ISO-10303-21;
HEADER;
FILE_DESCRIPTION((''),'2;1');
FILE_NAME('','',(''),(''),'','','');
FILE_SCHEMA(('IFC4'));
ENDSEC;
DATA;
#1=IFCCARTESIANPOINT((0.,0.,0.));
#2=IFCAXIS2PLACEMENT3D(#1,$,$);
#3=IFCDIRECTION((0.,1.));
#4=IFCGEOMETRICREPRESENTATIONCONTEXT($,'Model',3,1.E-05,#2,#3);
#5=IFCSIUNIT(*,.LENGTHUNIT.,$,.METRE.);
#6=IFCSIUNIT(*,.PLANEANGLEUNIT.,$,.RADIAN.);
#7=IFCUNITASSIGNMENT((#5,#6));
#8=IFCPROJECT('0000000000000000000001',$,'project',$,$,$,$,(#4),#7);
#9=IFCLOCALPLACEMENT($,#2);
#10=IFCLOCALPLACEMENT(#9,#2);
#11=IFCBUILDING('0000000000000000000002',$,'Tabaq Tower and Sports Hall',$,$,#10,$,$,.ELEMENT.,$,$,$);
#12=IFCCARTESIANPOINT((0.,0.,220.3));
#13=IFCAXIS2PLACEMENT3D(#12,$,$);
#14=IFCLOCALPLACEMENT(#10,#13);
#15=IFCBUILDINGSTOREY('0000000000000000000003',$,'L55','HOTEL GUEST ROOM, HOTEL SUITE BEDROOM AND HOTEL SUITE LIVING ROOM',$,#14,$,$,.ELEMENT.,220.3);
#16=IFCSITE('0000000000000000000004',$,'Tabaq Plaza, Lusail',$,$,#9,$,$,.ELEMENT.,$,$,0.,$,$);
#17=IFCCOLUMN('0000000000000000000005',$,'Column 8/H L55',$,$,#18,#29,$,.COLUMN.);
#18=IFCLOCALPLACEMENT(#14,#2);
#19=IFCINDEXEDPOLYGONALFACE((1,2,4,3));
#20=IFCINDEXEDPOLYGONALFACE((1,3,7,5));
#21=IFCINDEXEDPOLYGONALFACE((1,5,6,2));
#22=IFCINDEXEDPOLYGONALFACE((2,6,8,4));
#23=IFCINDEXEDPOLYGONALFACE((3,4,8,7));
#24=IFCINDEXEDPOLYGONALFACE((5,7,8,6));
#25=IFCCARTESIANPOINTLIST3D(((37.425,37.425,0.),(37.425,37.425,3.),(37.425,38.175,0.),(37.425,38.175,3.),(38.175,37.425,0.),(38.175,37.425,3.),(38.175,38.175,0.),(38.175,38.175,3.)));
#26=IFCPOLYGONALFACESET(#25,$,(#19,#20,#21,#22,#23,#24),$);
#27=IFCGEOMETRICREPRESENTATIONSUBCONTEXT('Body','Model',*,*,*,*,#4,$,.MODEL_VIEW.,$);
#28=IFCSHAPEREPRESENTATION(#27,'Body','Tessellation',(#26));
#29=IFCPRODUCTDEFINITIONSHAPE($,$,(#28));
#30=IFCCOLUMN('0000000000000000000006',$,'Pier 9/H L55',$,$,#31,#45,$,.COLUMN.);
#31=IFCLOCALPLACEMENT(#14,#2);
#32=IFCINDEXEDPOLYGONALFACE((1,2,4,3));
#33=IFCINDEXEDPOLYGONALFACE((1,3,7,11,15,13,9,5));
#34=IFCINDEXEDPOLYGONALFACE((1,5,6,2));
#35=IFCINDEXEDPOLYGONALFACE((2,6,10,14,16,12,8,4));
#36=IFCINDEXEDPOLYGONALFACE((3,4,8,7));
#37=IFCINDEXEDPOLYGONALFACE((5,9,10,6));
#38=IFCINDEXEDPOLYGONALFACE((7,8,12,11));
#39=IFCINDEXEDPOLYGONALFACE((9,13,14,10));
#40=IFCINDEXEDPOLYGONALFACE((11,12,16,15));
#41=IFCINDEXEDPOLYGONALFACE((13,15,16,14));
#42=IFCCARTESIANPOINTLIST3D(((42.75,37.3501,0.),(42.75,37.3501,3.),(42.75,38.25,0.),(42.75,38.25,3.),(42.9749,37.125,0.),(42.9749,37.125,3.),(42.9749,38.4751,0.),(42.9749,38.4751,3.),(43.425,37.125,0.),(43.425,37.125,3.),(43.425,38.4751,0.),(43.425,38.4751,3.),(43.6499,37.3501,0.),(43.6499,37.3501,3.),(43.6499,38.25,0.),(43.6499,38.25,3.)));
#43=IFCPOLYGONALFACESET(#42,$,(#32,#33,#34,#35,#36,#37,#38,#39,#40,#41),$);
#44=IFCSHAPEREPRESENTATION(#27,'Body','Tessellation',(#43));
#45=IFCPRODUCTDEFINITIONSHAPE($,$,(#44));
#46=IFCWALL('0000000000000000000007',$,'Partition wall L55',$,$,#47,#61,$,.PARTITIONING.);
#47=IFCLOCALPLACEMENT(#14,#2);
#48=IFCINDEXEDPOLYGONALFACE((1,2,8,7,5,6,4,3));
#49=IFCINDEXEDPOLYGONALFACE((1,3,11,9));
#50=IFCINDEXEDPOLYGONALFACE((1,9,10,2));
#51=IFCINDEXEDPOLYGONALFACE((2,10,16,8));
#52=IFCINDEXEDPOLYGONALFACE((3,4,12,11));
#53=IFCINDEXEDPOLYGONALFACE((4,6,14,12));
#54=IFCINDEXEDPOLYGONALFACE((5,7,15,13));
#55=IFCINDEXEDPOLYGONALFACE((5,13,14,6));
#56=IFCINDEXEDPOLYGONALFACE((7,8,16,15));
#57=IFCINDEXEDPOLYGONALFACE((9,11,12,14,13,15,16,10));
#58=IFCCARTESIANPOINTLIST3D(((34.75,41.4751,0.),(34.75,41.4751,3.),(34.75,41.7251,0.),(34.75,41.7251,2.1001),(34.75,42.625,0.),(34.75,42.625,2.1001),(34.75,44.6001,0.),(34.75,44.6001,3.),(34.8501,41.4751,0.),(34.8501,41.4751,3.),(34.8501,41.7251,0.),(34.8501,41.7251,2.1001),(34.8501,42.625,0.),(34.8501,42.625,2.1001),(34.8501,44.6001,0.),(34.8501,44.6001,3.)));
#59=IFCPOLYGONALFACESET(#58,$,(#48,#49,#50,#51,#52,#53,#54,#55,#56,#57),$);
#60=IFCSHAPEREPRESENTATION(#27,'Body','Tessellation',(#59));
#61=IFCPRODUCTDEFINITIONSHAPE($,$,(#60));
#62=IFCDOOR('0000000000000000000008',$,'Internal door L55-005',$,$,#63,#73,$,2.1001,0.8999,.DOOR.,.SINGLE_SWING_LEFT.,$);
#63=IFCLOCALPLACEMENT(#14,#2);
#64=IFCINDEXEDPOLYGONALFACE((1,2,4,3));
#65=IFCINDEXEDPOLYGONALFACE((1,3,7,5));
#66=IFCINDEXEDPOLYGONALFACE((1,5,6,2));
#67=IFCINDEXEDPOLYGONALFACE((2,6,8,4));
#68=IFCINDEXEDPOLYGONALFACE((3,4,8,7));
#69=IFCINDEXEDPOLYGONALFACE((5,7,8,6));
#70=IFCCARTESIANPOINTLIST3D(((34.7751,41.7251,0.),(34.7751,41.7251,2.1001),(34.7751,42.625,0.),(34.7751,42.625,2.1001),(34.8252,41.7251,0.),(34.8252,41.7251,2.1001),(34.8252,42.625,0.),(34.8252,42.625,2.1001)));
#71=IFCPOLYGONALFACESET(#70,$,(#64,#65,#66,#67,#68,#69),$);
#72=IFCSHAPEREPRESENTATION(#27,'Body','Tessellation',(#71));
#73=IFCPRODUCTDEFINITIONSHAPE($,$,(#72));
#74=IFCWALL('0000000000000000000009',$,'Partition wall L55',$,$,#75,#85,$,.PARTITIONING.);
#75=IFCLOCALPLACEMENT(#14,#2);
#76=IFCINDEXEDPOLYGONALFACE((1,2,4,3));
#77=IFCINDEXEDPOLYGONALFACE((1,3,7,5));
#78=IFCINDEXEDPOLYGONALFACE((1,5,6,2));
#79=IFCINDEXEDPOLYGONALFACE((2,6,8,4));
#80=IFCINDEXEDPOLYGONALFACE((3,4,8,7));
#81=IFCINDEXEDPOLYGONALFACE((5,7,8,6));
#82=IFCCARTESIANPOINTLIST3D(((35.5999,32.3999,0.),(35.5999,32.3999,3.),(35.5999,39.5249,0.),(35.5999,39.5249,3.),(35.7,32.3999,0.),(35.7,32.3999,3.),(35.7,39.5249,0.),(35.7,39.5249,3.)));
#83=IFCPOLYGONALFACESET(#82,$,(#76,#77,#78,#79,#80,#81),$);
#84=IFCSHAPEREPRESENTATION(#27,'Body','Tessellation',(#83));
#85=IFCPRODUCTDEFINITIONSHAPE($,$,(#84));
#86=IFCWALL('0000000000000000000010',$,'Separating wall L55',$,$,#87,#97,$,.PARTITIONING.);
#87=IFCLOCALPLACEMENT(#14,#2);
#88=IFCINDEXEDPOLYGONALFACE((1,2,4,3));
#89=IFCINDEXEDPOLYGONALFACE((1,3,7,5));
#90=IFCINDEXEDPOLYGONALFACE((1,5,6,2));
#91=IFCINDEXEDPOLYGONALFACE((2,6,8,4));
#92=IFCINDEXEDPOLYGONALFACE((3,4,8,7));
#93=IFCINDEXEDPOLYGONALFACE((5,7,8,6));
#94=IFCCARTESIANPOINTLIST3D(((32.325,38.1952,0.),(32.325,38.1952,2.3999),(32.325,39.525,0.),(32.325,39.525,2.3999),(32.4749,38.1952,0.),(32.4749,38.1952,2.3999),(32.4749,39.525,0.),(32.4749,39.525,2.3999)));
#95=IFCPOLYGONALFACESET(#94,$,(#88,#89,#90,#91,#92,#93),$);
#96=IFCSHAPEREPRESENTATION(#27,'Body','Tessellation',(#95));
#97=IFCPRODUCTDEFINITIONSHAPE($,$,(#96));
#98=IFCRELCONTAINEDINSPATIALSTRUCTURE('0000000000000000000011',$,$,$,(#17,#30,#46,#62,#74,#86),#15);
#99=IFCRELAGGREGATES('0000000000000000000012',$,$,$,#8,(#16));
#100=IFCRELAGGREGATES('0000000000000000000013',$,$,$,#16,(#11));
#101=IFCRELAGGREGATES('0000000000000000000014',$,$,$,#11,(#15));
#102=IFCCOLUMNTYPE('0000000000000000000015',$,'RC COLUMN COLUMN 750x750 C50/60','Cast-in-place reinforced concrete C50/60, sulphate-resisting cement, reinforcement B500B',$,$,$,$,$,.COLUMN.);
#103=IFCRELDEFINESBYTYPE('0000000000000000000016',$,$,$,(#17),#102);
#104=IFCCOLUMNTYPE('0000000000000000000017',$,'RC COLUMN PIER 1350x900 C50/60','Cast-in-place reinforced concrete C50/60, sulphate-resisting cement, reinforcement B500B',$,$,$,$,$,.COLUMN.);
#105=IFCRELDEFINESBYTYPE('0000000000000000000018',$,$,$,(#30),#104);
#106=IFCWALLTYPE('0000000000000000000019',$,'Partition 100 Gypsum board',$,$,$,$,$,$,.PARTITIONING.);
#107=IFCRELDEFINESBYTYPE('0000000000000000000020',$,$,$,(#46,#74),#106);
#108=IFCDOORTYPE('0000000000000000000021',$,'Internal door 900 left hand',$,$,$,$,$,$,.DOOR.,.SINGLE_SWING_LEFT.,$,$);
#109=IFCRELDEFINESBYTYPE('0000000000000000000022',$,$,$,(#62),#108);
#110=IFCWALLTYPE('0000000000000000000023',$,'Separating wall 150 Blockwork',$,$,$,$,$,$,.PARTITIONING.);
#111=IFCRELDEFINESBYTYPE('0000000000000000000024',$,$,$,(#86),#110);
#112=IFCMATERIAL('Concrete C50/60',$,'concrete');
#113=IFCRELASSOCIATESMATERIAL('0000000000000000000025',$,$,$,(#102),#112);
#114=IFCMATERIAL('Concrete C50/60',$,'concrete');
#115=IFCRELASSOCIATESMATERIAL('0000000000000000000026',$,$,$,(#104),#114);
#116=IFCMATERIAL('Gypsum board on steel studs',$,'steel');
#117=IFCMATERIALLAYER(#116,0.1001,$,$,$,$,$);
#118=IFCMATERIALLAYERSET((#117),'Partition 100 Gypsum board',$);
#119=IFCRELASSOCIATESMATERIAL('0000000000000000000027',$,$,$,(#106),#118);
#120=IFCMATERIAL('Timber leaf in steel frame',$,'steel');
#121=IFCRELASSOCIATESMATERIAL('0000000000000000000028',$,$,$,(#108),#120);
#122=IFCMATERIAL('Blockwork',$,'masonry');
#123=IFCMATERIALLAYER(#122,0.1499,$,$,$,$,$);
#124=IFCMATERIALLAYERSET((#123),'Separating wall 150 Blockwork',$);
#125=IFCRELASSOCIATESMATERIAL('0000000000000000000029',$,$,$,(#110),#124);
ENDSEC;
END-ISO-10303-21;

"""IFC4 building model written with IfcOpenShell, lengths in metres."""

from ifc_helpers import new_model, si_unit, direction, frame, frame_2d, origin, origin_2d, place, context, subcontext, project, spatial, polyline, rectangle, outline, extrude, material, layer, layer_set, material_profile, profile_set, type_object, element, fill, save


model = new_model("IFC4")

# Units and contexts
model_context = context("Model", 3, precision=1e-05, world=origin(), true_north=direction((0.0, 1.0)))
body_context = subcontext(model_context, "Body", "Model", "MODEL_VIEW")
ifc_project = project(units=[si_unit("LENGTHUNIT", "METRE"), si_unit("PLANEANGLEUNIT", "RADIAN")], contexts=[model_context])

# Site, building, storey
site_placement = place(None, origin())
site = spatial("IfcSite", under=ifc_project, at=site_placement, Name="Tabaq Plaza, Lusail", CompositionType="ELEMENT", RefElevation=0.0)
building_placement = place(site_placement, origin())
building = spatial("IfcBuilding", under=site, at=building_placement, Name="Tabaq Tower and Sports Hall", CompositionType="ELEMENT")
storey_placement = place(building_placement, frame((0.0, 0.0, 220.3)))
storey = spatial("IfcBuildingStorey", under=building, at=storey_placement, Name="L55", Description="HOTEL GUEST ROOM, HOTEL SUITE BEDROOM AND HOTEL SUITE LIVING ROOM", CompositionType="ELEMENT", Elevation=220.3)

# Columns
ifc_material_1 = material(Name="Concrete C50/60", Category="concrete")
ifc_material_profile_1 = material_profile(ifc_material_1, rectangle(XDim=0.75, YDim=0.75, at=origin_2d()), Name="COLUMN 750x750")
ifc_profile_set_1 = profile_set([ifc_material_profile_1], Name="Concrete C50/60")
column_type_1 = type_object("IfcColumnType", Name="RC COLUMN COLUMN 750x750 C50/60", Description="Cast-in-place reinforced concrete C50/60, sulphate-resisting cement, reinforcement B500B", PredefinedType="COLUMN", material=ifc_profile_set_1)
column_1_placement = place(storey_placement, frame((37.8, 37.8, 0.0), z_axis=(0.0, 0.0, 1.0), x_axis=(1.0, 0.0, 0.0)))
element("IfcColumn", 1, at=column_1_placement, inside=storey, type_object=column_type_1, Name="Column 8/H L55", PredefinedType="COLUMN", context=body_context, shape_type="SweptSolid", body=[
    extrude(rectangle(XDim=0.75, YDim=0.75, at=origin_2d()), origin(), (0.0, 0.0, 1.0), 3.0),
])
ifc_material_2 = material(Name="Concrete C50/60", Category="concrete")
ifc_material_profile_2 = material_profile(ifc_material_2, outline(polyline([(-0.45, -0.45), (0.45, -0.45), (0.675, -0.2251), (0.675, 0.2251), (0.45, 0.45), (-0.45, 0.45), (-0.675, 0.2251), (-0.675, -0.2251), (-0.45, -0.45)])), Name="PIER 1350x900")
ifc_profile_set_2 = profile_set([ifc_material_profile_2], Name="Concrete C50/60")
column_type_2 = type_object("IfcColumnType", Name="RC COLUMN PIER 1350x900 C50/60", Description="Cast-in-place reinforced concrete C50/60, sulphate-resisting cement, reinforcement B500B", PredefinedType="COLUMN", material=ifc_profile_set_2)
column_2_placement = place(storey_placement, frame((43.2, 37.8, 0.0), z_axis=(0.0, 0.0, 1.0), x_axis=(0.0, 1.0, 0.0)))
element("IfcColumn", 2, at=column_2_placement, inside=storey, type_object=column_type_2, Name="Pier 9/H L55", PredefinedType="COLUMN", context=body_context, shape_type="SweptSolid", body=[
    extrude(outline(polyline([(-0.45, -0.45), (0.45, -0.45), (0.675, -0.2251), (0.675, 0.2251), (0.45, 0.45), (-0.45, 0.45), (-0.675, 0.2251), (-0.675, -0.2251), (-0.45, -0.45)])), origin(), (0.0, 0.0, 1.0), 3.0),
])

# Wall, opening, door
ifc_material_3 = material(Name="Gypsum board on steel studs", Category="steel")
ifc_layer_1 = layer(ifc_material_3, 0.1001)
ifc_layer_set_1 = layer_set([ifc_layer_1], Name="Partition 100 Gypsum board")
wall_type_1 = type_object("IfcWallType", Name="Partition 100 Gypsum board", PredefinedType="PARTITIONING", material=ifc_layer_set_1)
wall_1_placement = place(storey_placement, frame((34.8, 41.4751, 0.0), z_axis=(0.0, 0.0, 1.0), x_axis=(0.0, 1.0, 0.0)))
wall_1 = element("IfcWall", 3, at=wall_1_placement, inside=storey, type_object=wall_type_1, Name="Partition wall L55", PredefinedType="PARTITIONING", context=body_context, shape_type="SweptSolid", body=[
    extrude(rectangle(XDim=3.125, YDim=0.1001, at=frame_2d((1.5625, 0.0))), origin(), (0.0, 0.0, 1.0), 3.0),
])
opening_1_placement = place(wall_1_placement, frame((0.25, 0.0, 0.0)))
opening_1 = element("IfcOpeningElement", 4, at=opening_1_placement, cuts=wall_1, PredefinedType="OPENING", context=body_context, shape_type="SweptSolid", body=[
    extrude(rectangle(XDim=0.8999, YDim=2.1001, at=frame_2d((0.45, 1.05))), frame((0.0, 0.05, 0.0), z_axis=(0.0, -1.0, 0.0), x_axis=(1.0, 0.0, 0.0)), (0.0, 0.0, 1.0), 0.1001),
])
ifc_material_4 = material(Name="Timber leaf in steel frame", Category="steel")
door_type_1 = type_object("IfcDoorType", Name="Internal door 900 left hand", OperationType="SINGLE_SWING_LEFT", PredefinedType="DOOR", material=ifc_material_4)
door_1_placement = place(opening_1_placement, origin())
door_1 = element("IfcDoor", 5, at=door_1_placement, inside=storey, type_object=door_type_1, Name="Internal door L55-005", OperationType="SINGLE_SWING_LEFT", OverallHeight=2.1001, OverallWidth=0.8999, PredefinedType="DOOR", context=body_context, shape_type="SweptSolid", body=[
    extrude(rectangle(XDim=0.8999, YDim=2.1001, at=frame_2d((0.45, 1.05))), frame((0.0, 0.0249, 0.0), z_axis=(0.0, -1.0, 0.0), x_axis=(1.0, 0.0, 0.0)), (0.0, 0.0, 1.0), 0.05),
])
fill(opening_1, door_1)

# Walls
wall_2_placement = place(storey_placement, frame((35.6499, 39.5249, 0.0), z_axis=(0.0, 0.0, 1.0), x_axis=(0.0, -1.0, 0.0)))
element("IfcWall", 6, at=wall_2_placement, inside=storey, type_object=wall_type_1, Name="Partition wall L55", PredefinedType="PARTITIONING", context=body_context, shape_type="SweptSolid", body=[
    extrude(rectangle(XDim=7.125, YDim=0.1001, at=frame_2d((3.5625, 0.0))), origin(), (0.0, 0.0, 1.0), 3.0),
])
ifc_material_5 = material(Name="Blockwork", Category="masonry")
ifc_layer_2 = layer(ifc_material_5, 0.1499)
ifc_layer_set_2 = layer_set([ifc_layer_2], Name="Separating wall 150 Blockwork")
wall_type_2 = type_object("IfcWallType", Name="Separating wall 150 Blockwork", PredefinedType="PARTITIONING", material=ifc_layer_set_2)
wall_3_placement = place(storey_placement, frame((32.3999, 38.1951, 0.0), z_axis=(0.0, 0.0, 1.0), x_axis=(0.0, 1.0, 0.0)))
element("IfcWall", 7, at=wall_3_placement, inside=storey, type_object=wall_type_2, Name="Separating wall L55", PredefinedType="PARTITIONING", context=body_context, shape_type="SweptSolid", body=[
    extrude(rectangle(XDim=1.3298, YDim=0.1499, at=frame_2d((0.665, 0.0))), origin(), (0.0, 0.0, 1.0), 2.3999),
])

save(model, "model.ifc")
